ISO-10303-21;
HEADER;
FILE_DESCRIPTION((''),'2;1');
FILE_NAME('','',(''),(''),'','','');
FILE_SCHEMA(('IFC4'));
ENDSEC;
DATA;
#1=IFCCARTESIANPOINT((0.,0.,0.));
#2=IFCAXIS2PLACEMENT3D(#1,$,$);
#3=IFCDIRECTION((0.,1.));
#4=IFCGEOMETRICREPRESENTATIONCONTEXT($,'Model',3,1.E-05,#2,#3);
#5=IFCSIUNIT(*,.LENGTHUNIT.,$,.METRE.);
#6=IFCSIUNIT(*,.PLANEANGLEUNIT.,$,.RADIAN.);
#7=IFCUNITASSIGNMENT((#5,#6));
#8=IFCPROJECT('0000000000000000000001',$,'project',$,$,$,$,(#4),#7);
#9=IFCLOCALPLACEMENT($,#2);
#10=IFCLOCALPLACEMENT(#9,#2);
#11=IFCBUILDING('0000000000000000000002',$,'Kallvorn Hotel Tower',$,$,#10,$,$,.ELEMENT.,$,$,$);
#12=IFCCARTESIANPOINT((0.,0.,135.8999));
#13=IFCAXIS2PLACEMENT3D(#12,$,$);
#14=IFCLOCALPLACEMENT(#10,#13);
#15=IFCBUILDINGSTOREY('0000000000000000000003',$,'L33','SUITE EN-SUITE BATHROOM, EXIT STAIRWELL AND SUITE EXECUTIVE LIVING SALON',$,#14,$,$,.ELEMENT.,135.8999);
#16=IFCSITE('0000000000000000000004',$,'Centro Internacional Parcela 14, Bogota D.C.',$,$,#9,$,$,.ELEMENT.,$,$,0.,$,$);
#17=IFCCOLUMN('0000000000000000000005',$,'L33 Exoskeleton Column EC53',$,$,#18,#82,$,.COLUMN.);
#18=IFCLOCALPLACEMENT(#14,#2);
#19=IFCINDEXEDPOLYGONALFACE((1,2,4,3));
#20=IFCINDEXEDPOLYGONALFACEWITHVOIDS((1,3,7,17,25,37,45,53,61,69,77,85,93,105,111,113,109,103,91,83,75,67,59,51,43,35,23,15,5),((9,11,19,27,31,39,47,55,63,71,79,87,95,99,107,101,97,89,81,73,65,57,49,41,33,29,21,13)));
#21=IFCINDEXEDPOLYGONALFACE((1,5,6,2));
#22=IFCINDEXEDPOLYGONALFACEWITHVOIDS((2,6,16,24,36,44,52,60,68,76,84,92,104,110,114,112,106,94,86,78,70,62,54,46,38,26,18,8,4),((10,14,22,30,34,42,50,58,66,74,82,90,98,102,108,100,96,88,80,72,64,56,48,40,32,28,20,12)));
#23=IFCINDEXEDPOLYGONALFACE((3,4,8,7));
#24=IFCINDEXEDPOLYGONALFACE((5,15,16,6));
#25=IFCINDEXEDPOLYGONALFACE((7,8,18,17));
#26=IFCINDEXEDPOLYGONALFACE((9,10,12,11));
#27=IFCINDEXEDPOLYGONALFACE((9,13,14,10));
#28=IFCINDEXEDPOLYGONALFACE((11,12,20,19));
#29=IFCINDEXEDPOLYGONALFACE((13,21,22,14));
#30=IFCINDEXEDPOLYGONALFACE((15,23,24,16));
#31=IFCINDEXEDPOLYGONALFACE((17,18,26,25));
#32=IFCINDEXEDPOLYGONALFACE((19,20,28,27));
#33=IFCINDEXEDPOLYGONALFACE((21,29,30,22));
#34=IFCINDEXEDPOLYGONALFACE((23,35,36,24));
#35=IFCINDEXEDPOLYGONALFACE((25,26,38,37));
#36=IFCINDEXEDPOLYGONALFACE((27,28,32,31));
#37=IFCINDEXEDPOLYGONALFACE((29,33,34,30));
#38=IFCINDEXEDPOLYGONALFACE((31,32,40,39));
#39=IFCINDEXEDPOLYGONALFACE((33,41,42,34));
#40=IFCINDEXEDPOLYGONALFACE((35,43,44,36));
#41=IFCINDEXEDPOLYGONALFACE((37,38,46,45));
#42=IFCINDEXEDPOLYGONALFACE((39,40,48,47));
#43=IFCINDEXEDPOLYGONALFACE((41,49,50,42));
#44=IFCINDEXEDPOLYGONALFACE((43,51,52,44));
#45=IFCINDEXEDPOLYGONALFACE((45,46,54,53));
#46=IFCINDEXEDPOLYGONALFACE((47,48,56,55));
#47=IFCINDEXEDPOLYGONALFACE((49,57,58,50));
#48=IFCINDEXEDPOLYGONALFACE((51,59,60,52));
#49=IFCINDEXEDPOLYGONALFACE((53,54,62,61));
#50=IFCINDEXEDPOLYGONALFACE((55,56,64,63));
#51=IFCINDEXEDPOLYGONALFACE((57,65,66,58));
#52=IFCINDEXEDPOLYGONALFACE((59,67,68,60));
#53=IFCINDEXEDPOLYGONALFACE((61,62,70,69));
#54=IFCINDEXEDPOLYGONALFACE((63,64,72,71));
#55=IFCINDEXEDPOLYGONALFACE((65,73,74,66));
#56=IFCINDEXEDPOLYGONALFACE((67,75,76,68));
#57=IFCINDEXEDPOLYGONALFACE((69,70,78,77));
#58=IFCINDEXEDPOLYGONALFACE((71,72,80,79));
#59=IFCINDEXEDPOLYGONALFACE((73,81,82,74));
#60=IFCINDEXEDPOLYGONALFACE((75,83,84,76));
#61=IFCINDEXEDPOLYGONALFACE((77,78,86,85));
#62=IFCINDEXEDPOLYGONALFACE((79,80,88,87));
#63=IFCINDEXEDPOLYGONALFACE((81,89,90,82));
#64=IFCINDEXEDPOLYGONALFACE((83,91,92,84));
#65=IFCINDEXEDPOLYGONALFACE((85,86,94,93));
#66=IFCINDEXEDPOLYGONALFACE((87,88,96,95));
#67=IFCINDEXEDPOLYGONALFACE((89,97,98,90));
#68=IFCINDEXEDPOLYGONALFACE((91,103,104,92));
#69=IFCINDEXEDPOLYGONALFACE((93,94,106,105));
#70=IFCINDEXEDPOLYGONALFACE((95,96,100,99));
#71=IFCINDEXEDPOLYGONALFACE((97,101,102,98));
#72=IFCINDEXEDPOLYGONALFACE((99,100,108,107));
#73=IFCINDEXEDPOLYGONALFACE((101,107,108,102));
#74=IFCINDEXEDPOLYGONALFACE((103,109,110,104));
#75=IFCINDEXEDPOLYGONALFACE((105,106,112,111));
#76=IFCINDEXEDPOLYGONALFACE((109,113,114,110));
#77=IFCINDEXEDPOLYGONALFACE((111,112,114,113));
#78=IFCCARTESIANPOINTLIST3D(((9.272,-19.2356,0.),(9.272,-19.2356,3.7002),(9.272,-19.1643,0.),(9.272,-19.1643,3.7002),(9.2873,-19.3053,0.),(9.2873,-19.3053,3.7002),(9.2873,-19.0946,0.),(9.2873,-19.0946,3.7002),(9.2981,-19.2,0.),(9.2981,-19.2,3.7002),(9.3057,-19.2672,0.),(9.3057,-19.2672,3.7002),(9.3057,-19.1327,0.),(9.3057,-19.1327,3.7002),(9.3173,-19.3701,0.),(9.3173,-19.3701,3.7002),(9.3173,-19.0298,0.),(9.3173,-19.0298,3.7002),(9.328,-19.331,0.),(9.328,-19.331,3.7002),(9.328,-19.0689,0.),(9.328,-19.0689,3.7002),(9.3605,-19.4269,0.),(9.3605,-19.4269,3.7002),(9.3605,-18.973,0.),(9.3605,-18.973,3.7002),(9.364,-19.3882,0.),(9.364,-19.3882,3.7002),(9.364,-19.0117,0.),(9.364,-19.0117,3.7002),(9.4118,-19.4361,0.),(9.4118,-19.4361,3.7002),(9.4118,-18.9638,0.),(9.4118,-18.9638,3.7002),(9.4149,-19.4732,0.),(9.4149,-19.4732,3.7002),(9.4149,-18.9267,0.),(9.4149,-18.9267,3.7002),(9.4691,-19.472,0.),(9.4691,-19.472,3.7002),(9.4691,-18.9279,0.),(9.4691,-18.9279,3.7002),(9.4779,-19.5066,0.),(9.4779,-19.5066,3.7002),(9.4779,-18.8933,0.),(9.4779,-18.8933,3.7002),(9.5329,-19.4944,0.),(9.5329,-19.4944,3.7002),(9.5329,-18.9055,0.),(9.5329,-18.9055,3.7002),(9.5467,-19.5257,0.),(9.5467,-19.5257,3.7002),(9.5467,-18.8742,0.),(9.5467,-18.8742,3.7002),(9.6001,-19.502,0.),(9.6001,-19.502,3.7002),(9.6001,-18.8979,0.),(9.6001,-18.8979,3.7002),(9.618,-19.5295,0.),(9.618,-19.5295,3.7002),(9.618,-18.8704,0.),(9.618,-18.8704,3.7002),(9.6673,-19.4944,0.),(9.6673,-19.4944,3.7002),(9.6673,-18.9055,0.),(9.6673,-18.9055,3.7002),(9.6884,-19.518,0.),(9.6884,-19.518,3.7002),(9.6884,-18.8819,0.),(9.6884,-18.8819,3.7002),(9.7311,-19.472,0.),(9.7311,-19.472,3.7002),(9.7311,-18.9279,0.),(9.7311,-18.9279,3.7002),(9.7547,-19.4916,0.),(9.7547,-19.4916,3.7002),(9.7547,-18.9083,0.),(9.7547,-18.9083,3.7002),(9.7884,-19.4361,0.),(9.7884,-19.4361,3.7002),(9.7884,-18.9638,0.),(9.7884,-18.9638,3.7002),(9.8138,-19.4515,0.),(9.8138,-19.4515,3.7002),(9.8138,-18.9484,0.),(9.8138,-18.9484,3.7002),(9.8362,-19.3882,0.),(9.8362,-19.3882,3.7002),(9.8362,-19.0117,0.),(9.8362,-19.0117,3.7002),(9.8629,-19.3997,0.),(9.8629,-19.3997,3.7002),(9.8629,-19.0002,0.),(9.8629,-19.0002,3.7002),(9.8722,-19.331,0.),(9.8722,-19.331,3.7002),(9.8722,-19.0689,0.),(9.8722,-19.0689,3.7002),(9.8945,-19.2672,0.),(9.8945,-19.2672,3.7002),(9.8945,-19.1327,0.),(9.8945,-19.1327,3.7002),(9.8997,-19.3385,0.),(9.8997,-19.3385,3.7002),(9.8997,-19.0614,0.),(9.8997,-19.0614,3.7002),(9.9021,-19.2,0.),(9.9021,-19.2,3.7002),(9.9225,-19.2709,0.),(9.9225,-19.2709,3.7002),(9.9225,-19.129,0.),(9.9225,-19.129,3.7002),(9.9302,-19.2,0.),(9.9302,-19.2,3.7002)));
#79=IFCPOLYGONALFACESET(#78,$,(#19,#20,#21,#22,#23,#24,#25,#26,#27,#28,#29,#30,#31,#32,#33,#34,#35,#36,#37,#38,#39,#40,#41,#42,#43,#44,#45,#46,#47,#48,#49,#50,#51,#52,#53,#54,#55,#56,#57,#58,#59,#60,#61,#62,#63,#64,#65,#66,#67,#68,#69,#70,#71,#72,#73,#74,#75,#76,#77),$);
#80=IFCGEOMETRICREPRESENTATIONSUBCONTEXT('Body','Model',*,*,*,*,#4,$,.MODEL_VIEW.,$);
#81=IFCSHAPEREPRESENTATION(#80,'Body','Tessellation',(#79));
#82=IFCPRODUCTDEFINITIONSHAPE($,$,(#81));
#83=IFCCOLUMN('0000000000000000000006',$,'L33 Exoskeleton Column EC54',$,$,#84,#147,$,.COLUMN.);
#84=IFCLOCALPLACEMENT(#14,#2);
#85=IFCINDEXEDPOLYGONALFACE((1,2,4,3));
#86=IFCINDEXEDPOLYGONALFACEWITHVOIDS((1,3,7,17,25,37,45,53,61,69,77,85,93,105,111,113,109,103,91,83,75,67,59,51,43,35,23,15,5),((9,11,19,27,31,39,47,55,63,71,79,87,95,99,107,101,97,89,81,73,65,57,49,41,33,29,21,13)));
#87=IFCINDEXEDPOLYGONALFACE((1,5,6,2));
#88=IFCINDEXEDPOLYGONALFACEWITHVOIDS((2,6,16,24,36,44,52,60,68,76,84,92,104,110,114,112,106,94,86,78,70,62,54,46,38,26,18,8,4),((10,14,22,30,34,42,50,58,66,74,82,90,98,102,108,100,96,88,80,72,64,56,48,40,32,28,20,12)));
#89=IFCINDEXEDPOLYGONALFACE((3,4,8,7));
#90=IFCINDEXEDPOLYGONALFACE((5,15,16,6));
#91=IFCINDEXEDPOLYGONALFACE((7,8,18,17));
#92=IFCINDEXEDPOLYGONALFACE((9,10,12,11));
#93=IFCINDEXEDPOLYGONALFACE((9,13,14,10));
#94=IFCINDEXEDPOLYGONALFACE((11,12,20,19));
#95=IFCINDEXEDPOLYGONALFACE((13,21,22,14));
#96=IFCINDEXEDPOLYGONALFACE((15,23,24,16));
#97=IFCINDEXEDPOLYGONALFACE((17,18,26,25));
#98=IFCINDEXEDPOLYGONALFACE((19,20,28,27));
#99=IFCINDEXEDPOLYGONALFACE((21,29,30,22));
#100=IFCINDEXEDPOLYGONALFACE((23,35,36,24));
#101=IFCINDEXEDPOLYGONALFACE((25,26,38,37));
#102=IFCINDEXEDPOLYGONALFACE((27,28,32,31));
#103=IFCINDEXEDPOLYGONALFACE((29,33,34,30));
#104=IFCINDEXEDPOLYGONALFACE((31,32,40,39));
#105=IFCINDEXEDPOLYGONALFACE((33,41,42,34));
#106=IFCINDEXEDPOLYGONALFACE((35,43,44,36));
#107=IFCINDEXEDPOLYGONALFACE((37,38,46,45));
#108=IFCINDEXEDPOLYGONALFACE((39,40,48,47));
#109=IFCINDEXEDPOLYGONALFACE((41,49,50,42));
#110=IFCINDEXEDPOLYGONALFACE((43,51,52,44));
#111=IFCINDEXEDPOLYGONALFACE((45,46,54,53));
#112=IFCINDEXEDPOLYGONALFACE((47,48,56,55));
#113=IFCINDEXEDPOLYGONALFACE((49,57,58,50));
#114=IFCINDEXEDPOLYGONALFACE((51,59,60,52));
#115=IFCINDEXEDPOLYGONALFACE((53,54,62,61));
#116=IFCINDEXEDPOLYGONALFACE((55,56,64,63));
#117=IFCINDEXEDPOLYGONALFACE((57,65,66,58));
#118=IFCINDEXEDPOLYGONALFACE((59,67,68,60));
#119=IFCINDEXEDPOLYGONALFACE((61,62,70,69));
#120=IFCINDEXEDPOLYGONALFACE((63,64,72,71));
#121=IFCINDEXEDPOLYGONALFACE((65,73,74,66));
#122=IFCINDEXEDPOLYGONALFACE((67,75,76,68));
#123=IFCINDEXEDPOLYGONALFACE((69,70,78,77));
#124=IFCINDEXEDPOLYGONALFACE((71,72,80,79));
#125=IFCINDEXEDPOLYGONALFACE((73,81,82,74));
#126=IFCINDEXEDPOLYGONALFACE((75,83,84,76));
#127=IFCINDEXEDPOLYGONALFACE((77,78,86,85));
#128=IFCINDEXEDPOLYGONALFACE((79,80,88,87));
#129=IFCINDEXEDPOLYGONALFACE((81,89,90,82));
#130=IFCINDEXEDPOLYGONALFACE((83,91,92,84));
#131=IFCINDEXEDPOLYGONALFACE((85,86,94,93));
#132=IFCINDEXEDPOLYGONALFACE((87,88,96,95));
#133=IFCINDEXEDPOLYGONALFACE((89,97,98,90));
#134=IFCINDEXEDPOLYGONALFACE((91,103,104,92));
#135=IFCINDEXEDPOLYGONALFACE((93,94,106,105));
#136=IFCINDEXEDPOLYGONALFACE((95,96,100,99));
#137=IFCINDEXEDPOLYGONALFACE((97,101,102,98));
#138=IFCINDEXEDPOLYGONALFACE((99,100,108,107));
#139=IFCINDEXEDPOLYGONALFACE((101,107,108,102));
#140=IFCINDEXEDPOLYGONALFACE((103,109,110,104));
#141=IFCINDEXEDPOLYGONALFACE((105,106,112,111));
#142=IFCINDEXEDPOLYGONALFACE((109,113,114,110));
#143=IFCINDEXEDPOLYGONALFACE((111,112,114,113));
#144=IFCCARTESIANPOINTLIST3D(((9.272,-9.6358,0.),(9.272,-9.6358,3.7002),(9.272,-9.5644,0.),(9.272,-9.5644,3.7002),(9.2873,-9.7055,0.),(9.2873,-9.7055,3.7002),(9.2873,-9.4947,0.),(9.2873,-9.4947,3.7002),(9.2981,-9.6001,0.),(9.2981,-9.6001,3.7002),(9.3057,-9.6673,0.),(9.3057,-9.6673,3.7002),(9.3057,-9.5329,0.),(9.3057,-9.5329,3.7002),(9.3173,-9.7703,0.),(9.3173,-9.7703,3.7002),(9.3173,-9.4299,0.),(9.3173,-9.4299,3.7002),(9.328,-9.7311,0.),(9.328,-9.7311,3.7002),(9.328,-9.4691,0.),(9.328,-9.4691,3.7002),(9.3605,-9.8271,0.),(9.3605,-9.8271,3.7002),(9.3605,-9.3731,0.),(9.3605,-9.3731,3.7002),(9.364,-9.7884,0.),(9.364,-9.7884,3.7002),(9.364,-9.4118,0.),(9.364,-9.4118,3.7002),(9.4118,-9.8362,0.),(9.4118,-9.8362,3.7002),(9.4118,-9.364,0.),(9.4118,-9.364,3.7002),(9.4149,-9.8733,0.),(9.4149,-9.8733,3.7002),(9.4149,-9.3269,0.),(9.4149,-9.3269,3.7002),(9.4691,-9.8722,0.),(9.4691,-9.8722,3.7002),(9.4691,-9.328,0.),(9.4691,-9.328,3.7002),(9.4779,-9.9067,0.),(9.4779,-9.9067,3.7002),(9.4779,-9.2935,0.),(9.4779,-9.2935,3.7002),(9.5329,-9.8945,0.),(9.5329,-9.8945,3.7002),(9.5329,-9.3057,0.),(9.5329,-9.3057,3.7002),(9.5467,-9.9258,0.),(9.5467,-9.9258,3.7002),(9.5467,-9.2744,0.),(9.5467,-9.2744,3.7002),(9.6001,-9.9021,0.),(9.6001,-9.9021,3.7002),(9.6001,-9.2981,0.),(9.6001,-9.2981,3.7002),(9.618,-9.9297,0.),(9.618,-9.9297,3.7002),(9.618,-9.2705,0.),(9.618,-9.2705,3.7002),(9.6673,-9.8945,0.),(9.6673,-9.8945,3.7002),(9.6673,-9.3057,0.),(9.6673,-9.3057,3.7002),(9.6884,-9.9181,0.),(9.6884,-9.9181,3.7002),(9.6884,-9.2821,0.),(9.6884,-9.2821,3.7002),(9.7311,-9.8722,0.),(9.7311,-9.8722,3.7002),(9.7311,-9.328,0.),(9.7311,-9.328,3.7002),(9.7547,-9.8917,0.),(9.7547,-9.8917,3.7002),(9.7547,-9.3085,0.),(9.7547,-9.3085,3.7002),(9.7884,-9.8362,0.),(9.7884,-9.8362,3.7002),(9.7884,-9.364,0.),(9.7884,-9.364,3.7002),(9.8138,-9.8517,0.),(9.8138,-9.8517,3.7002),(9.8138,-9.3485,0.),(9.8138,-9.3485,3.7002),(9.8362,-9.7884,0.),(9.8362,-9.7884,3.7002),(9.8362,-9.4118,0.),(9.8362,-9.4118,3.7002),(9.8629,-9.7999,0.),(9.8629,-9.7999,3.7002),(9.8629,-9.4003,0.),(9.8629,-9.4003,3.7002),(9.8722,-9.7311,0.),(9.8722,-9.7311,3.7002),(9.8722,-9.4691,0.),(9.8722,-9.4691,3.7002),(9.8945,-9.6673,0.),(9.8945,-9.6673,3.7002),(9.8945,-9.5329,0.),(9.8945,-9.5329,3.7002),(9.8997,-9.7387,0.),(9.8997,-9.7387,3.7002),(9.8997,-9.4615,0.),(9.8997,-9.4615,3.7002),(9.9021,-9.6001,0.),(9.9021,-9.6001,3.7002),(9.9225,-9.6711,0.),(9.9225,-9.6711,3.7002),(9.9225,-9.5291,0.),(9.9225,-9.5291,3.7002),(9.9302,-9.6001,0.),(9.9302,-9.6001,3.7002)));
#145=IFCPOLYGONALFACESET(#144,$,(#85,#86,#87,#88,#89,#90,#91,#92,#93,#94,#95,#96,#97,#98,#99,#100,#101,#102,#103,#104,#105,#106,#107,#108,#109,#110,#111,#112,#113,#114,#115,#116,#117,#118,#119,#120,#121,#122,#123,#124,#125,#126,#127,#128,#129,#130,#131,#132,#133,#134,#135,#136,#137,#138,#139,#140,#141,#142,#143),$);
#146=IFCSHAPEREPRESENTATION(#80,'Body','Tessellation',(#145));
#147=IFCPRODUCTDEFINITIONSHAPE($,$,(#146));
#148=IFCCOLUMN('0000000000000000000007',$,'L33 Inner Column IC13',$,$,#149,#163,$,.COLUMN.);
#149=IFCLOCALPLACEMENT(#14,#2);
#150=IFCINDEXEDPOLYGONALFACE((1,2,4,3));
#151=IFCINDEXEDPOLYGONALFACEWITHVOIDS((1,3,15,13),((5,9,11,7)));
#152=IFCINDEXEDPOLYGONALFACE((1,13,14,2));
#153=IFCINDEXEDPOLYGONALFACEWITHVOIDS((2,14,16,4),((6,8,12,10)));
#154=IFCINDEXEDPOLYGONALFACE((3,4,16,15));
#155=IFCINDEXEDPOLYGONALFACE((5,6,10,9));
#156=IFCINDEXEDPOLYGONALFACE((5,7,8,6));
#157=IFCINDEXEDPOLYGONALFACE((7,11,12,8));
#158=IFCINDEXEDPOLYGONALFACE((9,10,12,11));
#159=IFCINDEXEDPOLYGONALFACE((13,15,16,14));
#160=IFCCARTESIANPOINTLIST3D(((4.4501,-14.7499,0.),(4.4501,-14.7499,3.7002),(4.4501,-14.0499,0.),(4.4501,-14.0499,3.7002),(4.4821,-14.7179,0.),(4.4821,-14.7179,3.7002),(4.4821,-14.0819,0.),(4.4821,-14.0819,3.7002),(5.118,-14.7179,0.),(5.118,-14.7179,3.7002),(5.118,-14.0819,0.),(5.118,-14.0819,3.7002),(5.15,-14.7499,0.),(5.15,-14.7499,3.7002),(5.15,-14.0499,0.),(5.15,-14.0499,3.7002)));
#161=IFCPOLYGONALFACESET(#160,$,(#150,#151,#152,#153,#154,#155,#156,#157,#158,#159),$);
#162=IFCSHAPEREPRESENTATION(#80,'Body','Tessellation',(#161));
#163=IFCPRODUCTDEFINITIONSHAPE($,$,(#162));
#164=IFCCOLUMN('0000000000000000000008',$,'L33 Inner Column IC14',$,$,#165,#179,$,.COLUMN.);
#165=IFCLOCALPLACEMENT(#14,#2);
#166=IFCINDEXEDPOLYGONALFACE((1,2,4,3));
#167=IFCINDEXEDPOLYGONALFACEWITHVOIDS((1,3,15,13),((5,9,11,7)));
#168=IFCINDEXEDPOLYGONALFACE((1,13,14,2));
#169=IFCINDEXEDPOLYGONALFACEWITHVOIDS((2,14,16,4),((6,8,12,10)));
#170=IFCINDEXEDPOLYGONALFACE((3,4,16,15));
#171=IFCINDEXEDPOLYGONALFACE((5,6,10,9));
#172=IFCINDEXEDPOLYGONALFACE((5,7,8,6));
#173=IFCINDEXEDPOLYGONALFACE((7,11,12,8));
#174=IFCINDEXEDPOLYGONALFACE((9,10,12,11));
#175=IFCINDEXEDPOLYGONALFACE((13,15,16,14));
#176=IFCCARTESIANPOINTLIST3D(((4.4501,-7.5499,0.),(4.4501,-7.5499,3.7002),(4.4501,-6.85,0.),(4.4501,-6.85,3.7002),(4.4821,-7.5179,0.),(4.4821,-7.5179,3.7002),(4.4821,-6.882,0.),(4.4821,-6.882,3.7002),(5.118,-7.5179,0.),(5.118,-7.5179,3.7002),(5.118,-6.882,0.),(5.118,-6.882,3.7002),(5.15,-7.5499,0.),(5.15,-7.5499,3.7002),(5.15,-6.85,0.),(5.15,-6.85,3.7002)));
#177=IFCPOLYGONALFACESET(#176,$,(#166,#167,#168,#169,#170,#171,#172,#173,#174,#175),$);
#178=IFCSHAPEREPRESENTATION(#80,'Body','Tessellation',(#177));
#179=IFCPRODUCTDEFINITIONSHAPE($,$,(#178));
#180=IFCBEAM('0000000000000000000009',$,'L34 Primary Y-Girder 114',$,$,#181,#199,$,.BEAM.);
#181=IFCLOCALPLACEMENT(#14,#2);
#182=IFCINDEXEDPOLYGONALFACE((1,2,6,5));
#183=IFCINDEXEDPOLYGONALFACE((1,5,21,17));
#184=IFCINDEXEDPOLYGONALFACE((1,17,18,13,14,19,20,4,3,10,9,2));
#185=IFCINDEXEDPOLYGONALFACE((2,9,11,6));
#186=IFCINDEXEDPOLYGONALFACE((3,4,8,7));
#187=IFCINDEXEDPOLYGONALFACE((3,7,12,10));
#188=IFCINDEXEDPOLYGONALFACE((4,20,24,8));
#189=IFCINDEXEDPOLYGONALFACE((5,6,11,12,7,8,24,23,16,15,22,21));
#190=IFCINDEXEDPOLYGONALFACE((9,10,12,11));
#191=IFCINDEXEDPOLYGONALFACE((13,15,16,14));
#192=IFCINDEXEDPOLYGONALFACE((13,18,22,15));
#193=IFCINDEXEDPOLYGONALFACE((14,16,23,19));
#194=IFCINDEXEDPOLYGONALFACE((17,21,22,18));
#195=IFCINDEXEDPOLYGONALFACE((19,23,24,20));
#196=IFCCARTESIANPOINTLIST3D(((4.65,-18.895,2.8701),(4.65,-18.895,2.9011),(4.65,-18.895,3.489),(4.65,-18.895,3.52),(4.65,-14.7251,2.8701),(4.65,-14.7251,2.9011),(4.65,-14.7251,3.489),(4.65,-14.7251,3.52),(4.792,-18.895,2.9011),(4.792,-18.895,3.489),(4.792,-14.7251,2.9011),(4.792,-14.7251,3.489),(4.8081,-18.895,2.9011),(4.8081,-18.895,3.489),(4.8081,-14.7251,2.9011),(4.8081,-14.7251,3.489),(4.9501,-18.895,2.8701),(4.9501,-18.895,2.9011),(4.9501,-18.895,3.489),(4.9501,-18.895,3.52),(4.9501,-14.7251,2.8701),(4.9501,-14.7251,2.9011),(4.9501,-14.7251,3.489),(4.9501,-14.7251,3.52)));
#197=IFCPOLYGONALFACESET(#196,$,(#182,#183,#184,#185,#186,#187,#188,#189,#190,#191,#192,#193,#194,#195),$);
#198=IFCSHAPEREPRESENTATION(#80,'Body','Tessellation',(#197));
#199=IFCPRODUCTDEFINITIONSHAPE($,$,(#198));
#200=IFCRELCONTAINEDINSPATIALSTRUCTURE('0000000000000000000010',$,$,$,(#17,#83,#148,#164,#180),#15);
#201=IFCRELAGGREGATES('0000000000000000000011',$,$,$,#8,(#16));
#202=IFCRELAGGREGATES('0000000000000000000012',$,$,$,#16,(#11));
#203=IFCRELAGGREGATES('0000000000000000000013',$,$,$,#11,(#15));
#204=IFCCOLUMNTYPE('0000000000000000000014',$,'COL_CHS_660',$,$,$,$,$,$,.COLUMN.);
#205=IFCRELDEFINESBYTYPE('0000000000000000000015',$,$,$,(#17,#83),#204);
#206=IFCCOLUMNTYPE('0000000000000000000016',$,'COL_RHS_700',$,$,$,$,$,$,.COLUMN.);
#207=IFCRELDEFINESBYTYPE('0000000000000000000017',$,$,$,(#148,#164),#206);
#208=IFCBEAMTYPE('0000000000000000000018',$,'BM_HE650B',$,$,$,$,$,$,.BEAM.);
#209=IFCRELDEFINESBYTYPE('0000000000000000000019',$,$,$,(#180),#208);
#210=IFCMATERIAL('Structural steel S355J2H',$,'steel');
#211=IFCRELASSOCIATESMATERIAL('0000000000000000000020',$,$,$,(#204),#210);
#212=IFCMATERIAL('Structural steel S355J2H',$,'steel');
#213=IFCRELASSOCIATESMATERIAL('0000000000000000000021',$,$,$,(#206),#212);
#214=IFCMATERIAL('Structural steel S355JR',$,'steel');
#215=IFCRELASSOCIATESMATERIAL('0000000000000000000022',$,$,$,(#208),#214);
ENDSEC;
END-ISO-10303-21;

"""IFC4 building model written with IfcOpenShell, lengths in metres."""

from ifc_helpers import new_model, si_unit, direction, frame, origin, origin_2d, place, context, subcontext, project, spatial, hollow_rectangle, hollow_circle, i_section, extrude, material, material_profile, profile_set, type_object, element, save


model = new_model("IFC4")

# Units and contexts
model_context = context("Model", 3, precision=1e-05, world=origin(), true_north=direction((0.0, 1.0)))
body_context = subcontext(model_context, "Body", "Model", "MODEL_VIEW")
ifc_project = project(units=[si_unit("LENGTHUNIT", "METRE"), si_unit("PLANEANGLEUNIT", "RADIAN")], contexts=[model_context])

# Site, building, storey
site_placement = place(None, origin())
site = spatial("IfcSite", under=ifc_project, at=site_placement, Name="Centro Internacional Parcela 14, Bogota D.C.", CompositionType="ELEMENT", RefElevation=0.0)
building_placement = place(site_placement, origin())
building = spatial("IfcBuilding", under=site, at=building_placement, Name="Kallvorn Hotel Tower", CompositionType="ELEMENT")
storey_placement = place(building_placement, frame((0.0, 0.0, 135.8999)))
storey = spatial("IfcBuildingStorey", under=building, at=storey_placement, Name="L33", Description="SUITE EN-SUITE BATHROOM, EXIT STAIRWELL AND SUITE EXECUTIVE LIVING SALON", CompositionType="ELEMENT", Elevation=135.8999)

# Columns
ifc_material_1 = material(Name="Structural steel S355J2H", Category="steel")
ifc_material_profile_1 = material_profile(ifc_material_1, hollow_circle(Radius=0.3301, WallThickness=0.0281, at=origin_2d()), Name="CHS 660x28")
ifc_profile_set_1 = profile_set([ifc_material_profile_1], Name="Structural steel S355J2H")
column_type_1 = type_object("IfcColumnType", Name="COL_CHS_660", PredefinedType="COLUMN", material=ifc_profile_set_1)
for number, where, z_axis, x_axis, name in (
    (1, (9.6001, -19.2, 0.0), (0.0, 0.0, 1.0), (1.0, 0.0, 0.0), "L33 Exoskeleton Column EC53"),
    (2, (9.6001, -9.6001, 0.0), (0.0, 0.0, 1.0), (1.0, 0.0, 0.0), "L33 Exoskeleton Column EC54"),
):
    element("IfcColumn", number, at=place(storey_placement, frame(where, z_axis=z_axis, x_axis=x_axis)), inside=storey, type_object=column_type_1, Name=name, PredefinedType="COLUMN", context=body_context, shape_type="SweptSolid", body=[
        extrude(hollow_circle(Radius=0.3301, WallThickness=0.0281, at=origin_2d()), origin(), (0.0, 0.0, 1.0), 3.7002),
    ])
ifc_material_2 = material(Name="Structural steel S355J2H", Category="steel")
ifc_material_profile_2 = material_profile(ifc_material_2, hollow_rectangle(XDim=0.7, YDim=0.7, WallThickness=0.032, at=origin_2d()), Name="RHS 700x700x32")
ifc_profile_set_2 = profile_set([ifc_material_profile_2], Name="Structural steel S355J2H")
column_type_2 = type_object("IfcColumnType", Name="COL_RHS_700", PredefinedType="COLUMN", material=ifc_profile_set_2)
for number, where, z_axis, x_axis, name in (
    (3, (4.8, -14.3999, 0.0), (0.0, 0.0, 1.0), (1.0, 0.0, 0.0), "L33 Inner Column IC13"),
    (4, (4.8, -7.2, 0.0), (0.0, 0.0, 1.0), (1.0, 0.0, 0.0), "L33 Inner Column IC14"),
):
    element("IfcColumn", number, at=place(storey_placement, frame(where, z_axis=z_axis, x_axis=x_axis)), inside=storey, type_object=column_type_2, Name=name, PredefinedType="COLUMN", context=body_context, shape_type="SweptSolid", body=[
        extrude(hollow_rectangle(XDim=0.7, YDim=0.7, WallThickness=0.032, at=origin_2d()), origin(), (0.0, 0.0, 1.0), 3.7002),
    ])

# Beam
ifc_material_3 = material(Name="Structural steel S355JR", Category="steel")
ifc_material_profile_3 = material_profile(ifc_material_3, i_section(OverallWidth=0.3, OverallDepth=0.6499, WebThickness=0.0161, FlangeThickness=0.031, at=origin_2d()), Name="HE 650 B")
ifc_profile_set_3 = profile_set([ifc_material_profile_3], Name="Structural steel S355JR")
beam_type_1 = type_object("IfcBeamType", Name="BM_HE650B", PredefinedType="BEAM", material=ifc_profile_set_3)
beam_1_placement = place(storey_placement, frame((4.8, -18.895, 3.1951), z_axis=(0.0, 1.0, 0.0), x_axis=(-1.0, 0.0, 0.0)))
element("IfcBeam", 5, at=beam_1_placement, inside=storey, type_object=beam_type_1, Name="L34 Primary Y-Girder 114", PredefinedType="BEAM", context=body_context, shape_type="SweptSolid", body=[
    extrude(i_section(OverallWidth=0.3, OverallDepth=0.6499, WebThickness=0.0161, FlangeThickness=0.031, at=origin_2d()), origin(), (0.0, 0.0, 1.0), 4.1699),
])

save(model, "model.ifc")
